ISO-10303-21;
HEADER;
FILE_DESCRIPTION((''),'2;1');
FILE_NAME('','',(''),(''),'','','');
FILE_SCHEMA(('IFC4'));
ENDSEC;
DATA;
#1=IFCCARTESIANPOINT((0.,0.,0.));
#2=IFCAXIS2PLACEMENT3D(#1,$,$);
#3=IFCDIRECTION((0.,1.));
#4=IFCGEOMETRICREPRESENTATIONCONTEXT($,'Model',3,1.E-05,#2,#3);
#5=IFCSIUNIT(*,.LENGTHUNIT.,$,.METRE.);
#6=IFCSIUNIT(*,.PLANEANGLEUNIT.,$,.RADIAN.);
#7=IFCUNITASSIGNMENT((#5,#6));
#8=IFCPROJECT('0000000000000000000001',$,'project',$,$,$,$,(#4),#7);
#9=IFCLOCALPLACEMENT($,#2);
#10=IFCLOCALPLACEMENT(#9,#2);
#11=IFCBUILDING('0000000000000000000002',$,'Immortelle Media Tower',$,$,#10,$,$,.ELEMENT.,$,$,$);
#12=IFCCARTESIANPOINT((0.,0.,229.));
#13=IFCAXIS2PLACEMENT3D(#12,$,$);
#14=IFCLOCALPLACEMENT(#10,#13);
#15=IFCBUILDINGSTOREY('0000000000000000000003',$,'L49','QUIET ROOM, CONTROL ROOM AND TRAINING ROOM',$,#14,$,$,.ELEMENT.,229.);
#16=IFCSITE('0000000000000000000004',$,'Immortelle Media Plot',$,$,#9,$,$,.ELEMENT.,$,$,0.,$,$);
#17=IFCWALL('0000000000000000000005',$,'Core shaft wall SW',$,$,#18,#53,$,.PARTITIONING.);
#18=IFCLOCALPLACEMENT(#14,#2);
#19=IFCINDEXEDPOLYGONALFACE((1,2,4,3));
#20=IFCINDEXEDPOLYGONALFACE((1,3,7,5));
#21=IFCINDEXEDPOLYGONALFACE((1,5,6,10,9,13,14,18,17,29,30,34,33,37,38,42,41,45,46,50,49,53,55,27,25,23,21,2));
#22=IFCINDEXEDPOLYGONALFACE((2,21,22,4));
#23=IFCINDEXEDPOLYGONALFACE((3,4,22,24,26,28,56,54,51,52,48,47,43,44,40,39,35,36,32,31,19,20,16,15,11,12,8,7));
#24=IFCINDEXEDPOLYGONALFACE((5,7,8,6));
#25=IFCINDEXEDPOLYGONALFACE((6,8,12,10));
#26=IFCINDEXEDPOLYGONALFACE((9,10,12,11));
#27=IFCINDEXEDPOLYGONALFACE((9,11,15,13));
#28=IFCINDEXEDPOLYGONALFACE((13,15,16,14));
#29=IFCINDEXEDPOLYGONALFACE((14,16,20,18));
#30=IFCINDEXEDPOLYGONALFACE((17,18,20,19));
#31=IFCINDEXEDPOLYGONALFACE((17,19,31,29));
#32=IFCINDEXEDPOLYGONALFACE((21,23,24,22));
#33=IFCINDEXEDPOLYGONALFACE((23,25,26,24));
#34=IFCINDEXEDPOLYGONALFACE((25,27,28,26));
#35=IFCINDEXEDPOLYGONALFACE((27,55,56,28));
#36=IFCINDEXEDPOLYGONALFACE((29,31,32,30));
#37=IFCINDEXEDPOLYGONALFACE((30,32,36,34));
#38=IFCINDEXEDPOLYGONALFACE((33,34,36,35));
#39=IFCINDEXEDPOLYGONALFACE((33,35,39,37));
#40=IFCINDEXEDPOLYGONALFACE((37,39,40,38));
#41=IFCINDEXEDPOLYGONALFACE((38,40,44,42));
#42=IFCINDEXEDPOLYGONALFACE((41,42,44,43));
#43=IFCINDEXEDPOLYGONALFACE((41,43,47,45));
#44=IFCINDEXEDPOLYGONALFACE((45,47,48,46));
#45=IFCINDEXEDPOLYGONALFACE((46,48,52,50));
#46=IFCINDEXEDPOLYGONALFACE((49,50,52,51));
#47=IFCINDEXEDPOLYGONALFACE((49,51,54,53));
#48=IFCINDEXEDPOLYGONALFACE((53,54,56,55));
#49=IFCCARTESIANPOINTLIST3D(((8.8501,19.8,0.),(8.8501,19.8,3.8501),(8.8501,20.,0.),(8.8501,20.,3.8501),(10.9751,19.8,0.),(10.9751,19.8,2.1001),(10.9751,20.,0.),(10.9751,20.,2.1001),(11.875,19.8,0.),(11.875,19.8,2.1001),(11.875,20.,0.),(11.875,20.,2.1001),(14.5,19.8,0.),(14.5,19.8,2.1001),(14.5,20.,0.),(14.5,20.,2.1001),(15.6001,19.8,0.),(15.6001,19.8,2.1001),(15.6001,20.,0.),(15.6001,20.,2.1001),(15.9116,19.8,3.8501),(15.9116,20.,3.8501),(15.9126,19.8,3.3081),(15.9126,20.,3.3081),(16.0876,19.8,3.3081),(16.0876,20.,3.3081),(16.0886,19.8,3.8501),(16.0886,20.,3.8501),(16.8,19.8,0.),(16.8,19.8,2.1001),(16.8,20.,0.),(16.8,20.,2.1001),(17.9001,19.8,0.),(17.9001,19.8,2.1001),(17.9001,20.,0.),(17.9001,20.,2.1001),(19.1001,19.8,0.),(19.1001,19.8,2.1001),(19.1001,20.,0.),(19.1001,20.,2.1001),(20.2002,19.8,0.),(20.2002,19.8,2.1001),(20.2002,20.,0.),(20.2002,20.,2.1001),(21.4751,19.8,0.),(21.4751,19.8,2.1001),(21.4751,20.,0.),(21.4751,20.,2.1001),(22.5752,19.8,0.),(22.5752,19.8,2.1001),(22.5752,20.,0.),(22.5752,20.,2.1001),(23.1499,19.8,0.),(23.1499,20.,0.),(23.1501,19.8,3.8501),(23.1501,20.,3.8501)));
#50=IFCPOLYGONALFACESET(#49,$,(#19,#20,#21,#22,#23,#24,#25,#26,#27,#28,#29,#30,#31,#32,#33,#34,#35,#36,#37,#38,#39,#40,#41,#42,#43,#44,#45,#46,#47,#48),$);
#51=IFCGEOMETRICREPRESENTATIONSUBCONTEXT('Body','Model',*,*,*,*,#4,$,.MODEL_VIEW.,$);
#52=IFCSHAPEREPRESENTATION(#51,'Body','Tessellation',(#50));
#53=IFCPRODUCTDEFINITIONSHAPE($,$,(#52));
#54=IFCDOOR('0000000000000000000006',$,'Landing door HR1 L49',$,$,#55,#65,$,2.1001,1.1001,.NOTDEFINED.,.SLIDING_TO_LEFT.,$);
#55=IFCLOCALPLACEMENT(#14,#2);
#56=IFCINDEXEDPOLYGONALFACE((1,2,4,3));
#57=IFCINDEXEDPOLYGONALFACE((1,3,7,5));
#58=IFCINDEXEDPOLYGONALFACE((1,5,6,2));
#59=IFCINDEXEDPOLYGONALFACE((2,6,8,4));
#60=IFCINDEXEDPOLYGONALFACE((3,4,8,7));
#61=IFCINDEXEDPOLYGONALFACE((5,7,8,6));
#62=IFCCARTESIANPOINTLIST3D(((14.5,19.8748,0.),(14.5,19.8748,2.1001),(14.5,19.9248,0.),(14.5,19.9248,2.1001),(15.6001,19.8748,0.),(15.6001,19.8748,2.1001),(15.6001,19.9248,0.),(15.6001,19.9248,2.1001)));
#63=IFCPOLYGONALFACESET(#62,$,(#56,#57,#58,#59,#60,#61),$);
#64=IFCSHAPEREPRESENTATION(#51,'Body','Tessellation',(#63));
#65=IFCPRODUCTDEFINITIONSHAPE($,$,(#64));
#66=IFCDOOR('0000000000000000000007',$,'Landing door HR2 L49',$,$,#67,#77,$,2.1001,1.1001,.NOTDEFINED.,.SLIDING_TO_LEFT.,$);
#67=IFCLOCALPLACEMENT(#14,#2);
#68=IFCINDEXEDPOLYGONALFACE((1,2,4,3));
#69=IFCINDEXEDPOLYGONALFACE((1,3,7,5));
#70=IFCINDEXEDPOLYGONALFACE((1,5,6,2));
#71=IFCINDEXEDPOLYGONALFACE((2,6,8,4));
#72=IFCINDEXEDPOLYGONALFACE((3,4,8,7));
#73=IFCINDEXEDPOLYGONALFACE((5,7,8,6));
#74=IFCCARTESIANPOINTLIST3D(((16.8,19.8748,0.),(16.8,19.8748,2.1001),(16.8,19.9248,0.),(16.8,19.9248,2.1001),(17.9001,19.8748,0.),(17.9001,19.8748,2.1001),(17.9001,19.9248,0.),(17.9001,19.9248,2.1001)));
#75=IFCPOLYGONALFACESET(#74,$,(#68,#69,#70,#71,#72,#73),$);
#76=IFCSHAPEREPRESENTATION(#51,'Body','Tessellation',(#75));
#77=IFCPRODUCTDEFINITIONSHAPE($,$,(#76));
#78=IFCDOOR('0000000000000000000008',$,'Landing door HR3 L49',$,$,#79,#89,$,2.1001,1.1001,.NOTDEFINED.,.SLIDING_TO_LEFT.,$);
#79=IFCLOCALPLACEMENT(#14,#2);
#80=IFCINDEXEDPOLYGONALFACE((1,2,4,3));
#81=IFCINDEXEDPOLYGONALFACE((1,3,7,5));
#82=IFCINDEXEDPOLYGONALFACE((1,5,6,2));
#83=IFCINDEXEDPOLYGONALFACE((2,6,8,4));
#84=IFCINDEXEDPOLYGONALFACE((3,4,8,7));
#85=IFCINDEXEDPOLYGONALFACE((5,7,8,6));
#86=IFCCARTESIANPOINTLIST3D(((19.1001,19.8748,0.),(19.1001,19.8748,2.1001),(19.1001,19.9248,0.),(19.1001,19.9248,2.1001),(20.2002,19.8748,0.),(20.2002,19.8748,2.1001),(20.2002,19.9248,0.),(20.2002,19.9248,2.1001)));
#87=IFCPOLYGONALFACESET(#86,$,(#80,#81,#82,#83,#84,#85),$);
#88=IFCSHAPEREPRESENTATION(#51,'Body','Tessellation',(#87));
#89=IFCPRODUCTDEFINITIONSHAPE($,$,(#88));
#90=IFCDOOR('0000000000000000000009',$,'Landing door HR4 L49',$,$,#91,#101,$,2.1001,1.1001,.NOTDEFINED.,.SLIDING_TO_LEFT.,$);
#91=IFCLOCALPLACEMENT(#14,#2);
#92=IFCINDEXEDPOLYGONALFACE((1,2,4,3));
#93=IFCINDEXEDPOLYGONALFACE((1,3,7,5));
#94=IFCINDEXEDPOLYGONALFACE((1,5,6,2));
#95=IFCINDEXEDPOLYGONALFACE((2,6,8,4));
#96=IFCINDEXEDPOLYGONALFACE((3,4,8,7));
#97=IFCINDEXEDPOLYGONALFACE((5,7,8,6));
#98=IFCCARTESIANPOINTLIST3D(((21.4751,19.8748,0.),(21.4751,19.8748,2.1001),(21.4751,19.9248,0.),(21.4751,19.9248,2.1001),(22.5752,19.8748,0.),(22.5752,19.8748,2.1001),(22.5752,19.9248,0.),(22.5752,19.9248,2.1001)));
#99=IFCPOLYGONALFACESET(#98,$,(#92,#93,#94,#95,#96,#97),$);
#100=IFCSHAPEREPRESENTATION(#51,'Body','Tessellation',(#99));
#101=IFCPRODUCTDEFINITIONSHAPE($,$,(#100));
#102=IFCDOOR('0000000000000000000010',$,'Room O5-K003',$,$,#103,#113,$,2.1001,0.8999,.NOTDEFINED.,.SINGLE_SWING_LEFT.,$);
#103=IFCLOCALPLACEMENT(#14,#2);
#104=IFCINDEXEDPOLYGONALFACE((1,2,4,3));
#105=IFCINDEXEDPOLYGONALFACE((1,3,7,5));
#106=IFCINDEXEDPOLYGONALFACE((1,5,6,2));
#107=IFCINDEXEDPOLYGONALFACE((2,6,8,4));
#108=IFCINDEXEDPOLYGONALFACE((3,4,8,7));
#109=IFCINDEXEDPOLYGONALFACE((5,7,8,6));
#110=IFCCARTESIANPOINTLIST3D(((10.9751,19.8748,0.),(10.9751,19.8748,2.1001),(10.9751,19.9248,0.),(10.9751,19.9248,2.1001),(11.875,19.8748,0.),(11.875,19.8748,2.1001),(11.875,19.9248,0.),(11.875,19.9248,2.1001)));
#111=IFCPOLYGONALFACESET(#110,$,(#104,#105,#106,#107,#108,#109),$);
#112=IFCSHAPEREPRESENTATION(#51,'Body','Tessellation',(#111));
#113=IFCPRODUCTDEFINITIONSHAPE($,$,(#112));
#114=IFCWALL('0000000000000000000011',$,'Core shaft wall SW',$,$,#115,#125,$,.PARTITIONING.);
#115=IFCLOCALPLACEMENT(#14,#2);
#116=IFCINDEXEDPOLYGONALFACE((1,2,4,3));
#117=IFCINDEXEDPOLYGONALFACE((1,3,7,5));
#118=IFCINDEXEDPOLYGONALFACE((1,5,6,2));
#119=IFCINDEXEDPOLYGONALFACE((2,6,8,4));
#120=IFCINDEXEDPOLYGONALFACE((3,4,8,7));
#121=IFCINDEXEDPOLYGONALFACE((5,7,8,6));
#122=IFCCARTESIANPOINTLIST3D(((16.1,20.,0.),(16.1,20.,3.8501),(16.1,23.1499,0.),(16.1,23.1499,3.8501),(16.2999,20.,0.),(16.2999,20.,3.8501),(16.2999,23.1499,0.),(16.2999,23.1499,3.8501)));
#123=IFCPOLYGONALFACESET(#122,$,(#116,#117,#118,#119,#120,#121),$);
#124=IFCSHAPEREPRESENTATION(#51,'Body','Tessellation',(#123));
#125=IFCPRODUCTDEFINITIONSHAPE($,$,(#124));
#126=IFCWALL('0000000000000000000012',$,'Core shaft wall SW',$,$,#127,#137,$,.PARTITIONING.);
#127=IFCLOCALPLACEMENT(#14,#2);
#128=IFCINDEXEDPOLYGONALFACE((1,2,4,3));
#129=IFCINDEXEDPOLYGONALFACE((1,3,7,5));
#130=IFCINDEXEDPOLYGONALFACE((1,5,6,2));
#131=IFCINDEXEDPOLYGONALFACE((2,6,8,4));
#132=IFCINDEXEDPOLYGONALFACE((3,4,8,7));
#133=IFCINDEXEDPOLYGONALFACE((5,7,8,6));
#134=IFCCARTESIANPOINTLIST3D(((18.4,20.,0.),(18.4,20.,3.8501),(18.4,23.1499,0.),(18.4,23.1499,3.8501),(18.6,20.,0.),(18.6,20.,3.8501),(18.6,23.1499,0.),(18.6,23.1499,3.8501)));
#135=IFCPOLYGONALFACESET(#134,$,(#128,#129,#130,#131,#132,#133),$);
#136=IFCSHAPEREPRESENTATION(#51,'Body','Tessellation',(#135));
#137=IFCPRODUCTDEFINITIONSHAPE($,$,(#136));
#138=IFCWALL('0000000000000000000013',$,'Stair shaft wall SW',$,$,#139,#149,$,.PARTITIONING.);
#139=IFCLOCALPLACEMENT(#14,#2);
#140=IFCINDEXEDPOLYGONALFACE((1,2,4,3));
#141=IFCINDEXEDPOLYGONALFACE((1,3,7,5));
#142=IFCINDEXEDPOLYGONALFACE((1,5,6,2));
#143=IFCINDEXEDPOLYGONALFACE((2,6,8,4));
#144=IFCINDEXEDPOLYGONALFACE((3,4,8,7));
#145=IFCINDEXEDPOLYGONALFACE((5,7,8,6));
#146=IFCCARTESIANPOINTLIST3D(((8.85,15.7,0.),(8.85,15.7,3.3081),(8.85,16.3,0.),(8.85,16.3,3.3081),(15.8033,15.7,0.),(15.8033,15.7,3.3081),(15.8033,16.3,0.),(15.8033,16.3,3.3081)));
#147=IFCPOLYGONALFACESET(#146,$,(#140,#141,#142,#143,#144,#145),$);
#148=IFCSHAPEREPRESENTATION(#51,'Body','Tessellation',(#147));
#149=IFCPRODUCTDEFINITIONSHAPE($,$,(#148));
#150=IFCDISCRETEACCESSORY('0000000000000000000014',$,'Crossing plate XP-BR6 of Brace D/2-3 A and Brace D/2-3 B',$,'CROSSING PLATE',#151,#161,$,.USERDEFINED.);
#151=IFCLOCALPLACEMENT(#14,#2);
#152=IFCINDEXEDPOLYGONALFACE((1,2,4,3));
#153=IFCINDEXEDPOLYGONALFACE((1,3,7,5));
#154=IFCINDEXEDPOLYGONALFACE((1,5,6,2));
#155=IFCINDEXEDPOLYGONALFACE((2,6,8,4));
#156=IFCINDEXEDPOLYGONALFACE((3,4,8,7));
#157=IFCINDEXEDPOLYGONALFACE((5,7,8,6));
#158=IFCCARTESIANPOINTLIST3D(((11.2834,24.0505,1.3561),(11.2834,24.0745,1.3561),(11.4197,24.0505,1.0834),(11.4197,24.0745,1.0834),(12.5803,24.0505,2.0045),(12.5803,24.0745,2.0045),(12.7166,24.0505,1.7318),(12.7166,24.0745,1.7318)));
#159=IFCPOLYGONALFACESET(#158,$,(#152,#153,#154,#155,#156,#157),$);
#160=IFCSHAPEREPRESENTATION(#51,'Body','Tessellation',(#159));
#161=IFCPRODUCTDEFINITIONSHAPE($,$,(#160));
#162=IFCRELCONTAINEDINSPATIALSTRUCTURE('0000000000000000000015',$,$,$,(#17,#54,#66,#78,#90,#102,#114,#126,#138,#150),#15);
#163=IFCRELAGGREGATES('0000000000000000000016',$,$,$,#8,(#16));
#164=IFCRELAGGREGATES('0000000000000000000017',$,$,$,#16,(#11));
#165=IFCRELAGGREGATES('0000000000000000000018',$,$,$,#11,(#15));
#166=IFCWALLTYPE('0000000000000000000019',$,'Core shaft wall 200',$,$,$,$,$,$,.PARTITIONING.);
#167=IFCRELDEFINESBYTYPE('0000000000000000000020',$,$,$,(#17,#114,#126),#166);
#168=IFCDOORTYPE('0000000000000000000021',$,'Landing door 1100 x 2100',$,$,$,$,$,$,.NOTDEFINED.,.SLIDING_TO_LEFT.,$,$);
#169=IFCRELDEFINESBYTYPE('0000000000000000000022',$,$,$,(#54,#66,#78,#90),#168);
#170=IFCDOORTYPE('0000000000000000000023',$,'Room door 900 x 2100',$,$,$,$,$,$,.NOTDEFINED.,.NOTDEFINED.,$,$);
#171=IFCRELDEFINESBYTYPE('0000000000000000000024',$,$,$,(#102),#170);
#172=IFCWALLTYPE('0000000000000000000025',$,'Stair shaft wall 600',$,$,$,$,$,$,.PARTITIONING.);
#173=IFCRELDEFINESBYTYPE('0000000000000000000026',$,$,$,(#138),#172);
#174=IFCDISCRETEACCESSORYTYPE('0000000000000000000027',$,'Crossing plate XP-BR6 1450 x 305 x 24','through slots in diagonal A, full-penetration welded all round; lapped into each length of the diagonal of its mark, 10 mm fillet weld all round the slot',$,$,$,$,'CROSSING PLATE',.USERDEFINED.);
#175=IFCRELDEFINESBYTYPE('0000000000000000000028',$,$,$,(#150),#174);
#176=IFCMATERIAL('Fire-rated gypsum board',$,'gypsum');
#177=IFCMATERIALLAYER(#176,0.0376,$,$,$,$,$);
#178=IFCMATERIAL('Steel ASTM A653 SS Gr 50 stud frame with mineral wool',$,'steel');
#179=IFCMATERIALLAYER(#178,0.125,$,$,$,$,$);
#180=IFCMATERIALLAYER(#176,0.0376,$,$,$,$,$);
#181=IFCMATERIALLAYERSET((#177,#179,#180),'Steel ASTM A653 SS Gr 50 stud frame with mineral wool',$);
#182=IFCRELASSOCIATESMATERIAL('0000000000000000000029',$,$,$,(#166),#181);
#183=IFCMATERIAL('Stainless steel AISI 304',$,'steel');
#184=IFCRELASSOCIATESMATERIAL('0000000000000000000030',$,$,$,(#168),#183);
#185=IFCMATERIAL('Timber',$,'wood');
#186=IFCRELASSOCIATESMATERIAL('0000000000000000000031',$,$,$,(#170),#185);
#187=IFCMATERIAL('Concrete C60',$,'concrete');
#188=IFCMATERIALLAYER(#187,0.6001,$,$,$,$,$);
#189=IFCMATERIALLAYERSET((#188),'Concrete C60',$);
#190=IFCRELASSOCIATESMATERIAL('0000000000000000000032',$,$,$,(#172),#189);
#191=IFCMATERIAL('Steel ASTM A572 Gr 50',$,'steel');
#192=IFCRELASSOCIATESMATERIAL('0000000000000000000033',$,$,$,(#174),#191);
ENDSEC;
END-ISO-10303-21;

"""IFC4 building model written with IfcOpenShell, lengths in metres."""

from ifc_helpers import new_model, si_unit, direction, frame, frame_2d, origin, origin_2d, place, context, subcontext, project, spatial, polyline, rectangle, outline, extrude, material, layer, layer_set, material_profile, profile_set, type_object, element, fill, save


model = new_model("IFC4")

# Units and contexts
model_context = context("Model", 3, precision=1e-05, world=origin(), true_north=direction((0.0, 1.0)))
body_context = subcontext(model_context, "Body", "Model", "MODEL_VIEW")
ifc_project = project(units=[si_unit("LENGTHUNIT", "METRE"), si_unit("PLANEANGLEUNIT", "RADIAN")], contexts=[model_context])

# Site, building, storey
site_placement = place(None, origin())
site = spatial("IfcSite", under=ifc_project, at=site_placement, Name="Immortelle Media Plot", CompositionType="ELEMENT", RefElevation=0.0)
building_placement = place(site_placement, origin())
building = spatial("IfcBuilding", under=site, at=building_placement, Name="Immortelle Media Tower", CompositionType="ELEMENT")
storey_placement = place(building_placement, frame((0.0, 0.0, 229.0)))
storey = spatial("IfcBuildingStorey", under=building, at=storey_placement, Name="L49", Description="QUIET ROOM, CONTROL ROOM AND TRAINING ROOM", CompositionType="ELEMENT", Elevation=229.0)

# Shared definitions
ifc_material_1 = material(Name="Timber", Category="wood")

# Shared definitions
ifc_material_2 = material(Name="Fire-rated gypsum board", Category="gypsum")
ifc_material_3 = material(Name="Steel ASTM A653 SS Gr 50 stud frame with mineral wool", Category="steel")

# Wall, openings, doors
ifc_layer_1 = layer(ifc_material_2, 0.0376)
ifc_layer_2 = layer(ifc_material_3, 0.125)
ifc_layer_3 = layer(ifc_material_2, 0.0376)
ifc_layer_set_1 = layer_set([ifc_layer_1, ifc_layer_2, ifc_layer_3], Name="Steel ASTM A653 SS Gr 50 stud frame with mineral wool")
wall_type_1 = type_object("IfcWallType", Name="Core shaft wall 200", PredefinedType="PARTITIONING", material=ifc_layer_set_1)
wall_1_placement = place(storey_placement, frame((8.8501, 19.8999, 0.0), z_axis=(0.0, 0.0, 1.0), x_axis=(1.0, 0.0, 0.0)))
wall_1 = element("IfcWall", 1, at=wall_1_placement, inside=storey, type_object=wall_type_1, Name="Core shaft wall SW", PredefinedType="PARTITIONING", context=body_context, shape_type="SweptSolid", body=[
    extrude(outline(polyline([(0.0, 0.0), (14.2998, 0.0), (14.3, 3.8501), (7.2385, 3.8501), (7.2375, 3.3081), (7.0625, 3.3081), (7.0615, 3.8501), (0.0, 3.8501), (0.0, 0.0)])), frame((0.0, 0.1001, 0.0), z_axis=(0.0, -1.0, 0.0), x_axis=(1.0, 0.0, 0.0)), (0.0, 0.0, 1.0), 0.2),
])
opening_1_placement = place(wall_1_placement, frame((2.125, 0.0, 0.0)))
opening_1 = element("IfcOpeningElement", 2, at=opening_1_placement, cuts=wall_1, PredefinedType="OPENING", context=body_context, shape_type="SweptSolid", body=[
    extrude(rectangle(XDim=0.8999, YDim=2.1001, at=frame_2d((0.45, 1.05))), frame((0.0, 0.1099, 0.0), z_axis=(0.0, -1.0, 0.0), x_axis=(1.0, 0.0, 0.0)), (0.0, 0.0, 1.0), 0.22),
])
opening_2_placement = place(wall_1_placement, frame((5.6499, 0.0, 0.0)))
opening_2 = element("IfcOpeningElement", 3, at=opening_2_placement, cuts=wall_1, PredefinedType="OPENING", context=body_context, shape_type="SweptSolid", body=[
    extrude(rectangle(XDim=1.1001, YDim=2.1001, at=frame_2d((0.55, 1.05))), frame((0.0, 0.1099, 0.0), z_axis=(0.0, -1.0, 0.0), x_axis=(1.0, 0.0, 0.0)), (0.0, 0.0, 1.0), 0.22),
])
opening_3_placement = place(wall_1_placement, frame((7.95, 0.0, 0.0)))
opening_3 = element("IfcOpeningElement", 4, at=opening_3_placement, cuts=wall_1, PredefinedType="OPENING", context=body_context, shape_type="SweptSolid", body=[
    extrude(rectangle(XDim=1.1001, YDim=2.1001, at=frame_2d((0.55, 1.05))), frame((0.0, 0.1099, 0.0), z_axis=(0.0, -1.0, 0.0), x_axis=(1.0, 0.0, 0.0)), (0.0, 0.0, 1.0), 0.22),
])
opening_4_placement = place(wall_1_placement, frame((10.25, 0.0, 0.0)))
opening_4 = element("IfcOpeningElement", 5, at=opening_4_placement, cuts=wall_1, PredefinedType="OPENING", context=body_context, shape_type="SweptSolid", body=[
    extrude(rectangle(XDim=1.1001, YDim=2.1001, at=frame_2d((0.55, 1.05))), frame((0.0, 0.1099, 0.0), z_axis=(0.0, -1.0, 0.0), x_axis=(1.0, 0.0, 0.0)), (0.0, 0.0, 1.0), 0.22),
])
opening_5_placement = place(wall_1_placement, frame((12.625, 0.0, 0.0)))
opening_5 = element("IfcOpeningElement", 6, at=opening_5_placement, cuts=wall_1, PredefinedType="OPENING", context=body_context, shape_type="SweptSolid", body=[
    extrude(rectangle(XDim=1.1001, YDim=2.1001, at=frame_2d((0.55, 1.05))), frame((0.0, 0.1099, 0.0), z_axis=(0.0, -1.0, 0.0), x_axis=(1.0, 0.0, 0.0)), (0.0, 0.0, 1.0), 0.22),
])
ifc_material_4 = material(Name="Stainless steel AISI 304", Category="steel")
door_type_1 = type_object("IfcDoorType", Name="Landing door 1100 x 2100", OperationType="SLIDING_TO_LEFT", PredefinedType="NOTDEFINED", material=ifc_material_4)
door_1_placement = place(opening_2_placement, origin())
door_1 = element("IfcDoor", 7, at=door_1_placement, inside=storey, type_object=door_type_1, Name="Landing door HR1 L49", OperationType="SLIDING_TO_LEFT", OverallHeight=2.1001, OverallWidth=1.1001, PredefinedType="NOTDEFINED", context=body_context, shape_type="SweptSolid", body=[
    extrude(rectangle(XDim=1.1001, YDim=2.1001, at=frame_2d((0.55, 1.05))), frame((0.0, 0.0249, 0.0), z_axis=(0.0, -1.0, 0.0), x_axis=(1.0, 0.0, 0.0)), (0.0, 0.0, 1.0), 0.05),
])
fill(opening_2, door_1)
door_2_placement = place(opening_3_placement, origin())
door_2 = element("IfcDoor", 8, at=door_2_placement, inside=storey, type_object=door_type_1, Name="Landing door HR2 L49", OperationType="SLIDING_TO_LEFT", OverallHeight=2.1001, OverallWidth=1.1001, PredefinedType="NOTDEFINED", context=body_context, shape_type="SweptSolid", body=[
    extrude(rectangle(XDim=1.1001, YDim=2.1001, at=frame_2d((0.55, 1.05))), frame((0.0, 0.0249, 0.0), z_axis=(0.0, -1.0, 0.0), x_axis=(1.0, 0.0, 0.0)), (0.0, 0.0, 1.0), 0.05),
])
fill(opening_3, door_2)
door_3_placement = place(opening_4_placement, origin())
door_3 = element("IfcDoor", 9, at=door_3_placement, inside=storey, type_object=door_type_1, Name="Landing door HR3 L49", OperationType="SLIDING_TO_LEFT", OverallHeight=2.1001, OverallWidth=1.1001, PredefinedType="NOTDEFINED", context=body_context, shape_type="SweptSolid", body=[
    extrude(rectangle(XDim=1.1001, YDim=2.1001, at=frame_2d((0.55, 1.05))), frame((0.0, 0.0249, 0.0), z_axis=(0.0, -1.0, 0.0), x_axis=(1.0, 0.0, 0.0)), (0.0, 0.0, 1.0), 0.05),
])
fill(opening_4, door_3)
door_4_placement = place(opening_5_placement, origin())
door_4 = element("IfcDoor", 10, at=door_4_placement, inside=storey, type_object=door_type_1, Name="Landing door HR4 L49", OperationType="SLIDING_TO_LEFT", OverallHeight=2.1001, OverallWidth=1.1001, PredefinedType="NOTDEFINED", context=body_context, shape_type="SweptSolid", body=[
    extrude(rectangle(XDim=1.1001, YDim=2.1001, at=frame_2d((0.55, 1.05))), frame((0.0, 0.0249, 0.0), z_axis=(0.0, -1.0, 0.0), x_axis=(1.0, 0.0, 0.0)), (0.0, 0.0, 1.0), 0.05),
])
fill(opening_5, door_4)
door_type_2 = type_object("IfcDoorType", Name="Room door 900 x 2100", OperationType="NOTDEFINED", PredefinedType="NOTDEFINED", material=ifc_material_1)
door_5_placement = place(opening_1_placement, origin())
door_5 = element("IfcDoor", 11, at=door_5_placement, inside=storey, type_object=door_type_2, Name="Room O5-K003", OperationType="SINGLE_SWING_LEFT", OverallHeight=2.1001, OverallWidth=0.8999, PredefinedType="NOTDEFINED", context=body_context, shape_type="SweptSolid", body=[
    extrude(rectangle(XDim=0.8999, YDim=2.1001, at=frame_2d((0.45, 1.05))), frame((0.0, 0.0249, 0.0), z_axis=(0.0, -1.0, 0.0), x_axis=(1.0, 0.0, 0.0)), (0.0, 0.0, 1.0), 0.05),
])
fill(opening_1, door_5)

# Walls
for number, where, z_axis, x_axis, name in (
    (12, (16.2, 20.0, 0.0), (0.0, 0.0, 1.0), (0.0, 1.0, 0.0), "Core shaft wall SW"),
    (13, (18.5, 20.0, 0.0), (0.0, 0.0, 1.0), (0.0, 1.0, 0.0), "Core shaft wall SW"),
):
    element("IfcWall", number, at=place(storey_placement, frame(where, z_axis=z_axis, x_axis=x_axis)), inside=storey, type_object=wall_type_1, Name=name, PredefinedType="PARTITIONING", context=body_context, shape_type="SweptSolid", body=[
        extrude(rectangle(XDim=3.1499, YDim=0.2, at=frame_2d((1.575, 0.0))), origin(), (0.0, 0.0, 1.0), 3.8501),
    ])
ifc_material_5 = material(Name="Concrete C60", Category="concrete")
ifc_layer_4 = layer(ifc_material_5, 0.6001)
ifc_layer_set_2 = layer_set([ifc_layer_4], Name="Concrete C60")
wall_type_2 = type_object("IfcWallType", Name="Stair shaft wall 600", PredefinedType="PARTITIONING", material=ifc_layer_set_2)
wall_2_placement = place(storey_placement, frame((8.8501, 16.0, 0.0), z_axis=(0.0, 0.0, 1.0), x_axis=(1.0, 0.0, 0.0)))
element("IfcWall", 14, at=wall_2_placement, inside=storey, type_object=wall_type_2, Name="Stair shaft wall SW", PredefinedType="PARTITIONING", context=body_context, shape_type="SweptSolid", body=[
    extrude(rectangle(XDim=6.9534, YDim=0.6001, at=frame_2d((3.4766, 0.0))), origin(), (0.0, 0.0, 1.0), 3.3081),
])

# Discrete accessory
ifc_material_6 = material(Name="Steel ASTM A572 Gr 50", Category="steel")
ifc_material_profile_1 = material_profile(ifc_material_6, rectangle(XDim=0.0239, YDim=0.3049, at=origin_2d()), Name="PL 24 x 305")
ifc_profile_set_1 = profile_set([ifc_material_profile_1], Name="Steel ASTM A572 Gr 50")
discrete_accessory_type_1 = type_object("IfcDiscreteAccessoryType", Name="Crossing plate XP-BR6 1450 x 305 x 24", Description="through slots in diagonal A, full-penetration welded all round; lapped into each length of the diagonal of its mark, 10 mm fillet weld all round the slot", ElementType="CROSSING PLATE", PredefinedType="USERDEFINED", material=ifc_profile_set_1)
discrete_accessory_placement = place(storey_placement, frame((12.6484, 24.0625, 1.8682), z_axis=(-0.894427, 0.0, -0.447214), x_axis=(0.0, -1.0, 0.0)))
element("IfcDiscreteAccessory", 15, at=discrete_accessory_placement, inside=storey, type_object=discrete_accessory_type_1, Name="Crossing plate XP-BR6 of Brace D/2-3 A and Brace D/2-3 B", ObjectType="CROSSING PLATE", PredefinedType="USERDEFINED", context=body_context, shape_type="SweptSolid", body=[
    extrude(rectangle(XDim=0.0239, YDim=0.3049, at=origin_2d()), origin(), (0.0, 0.0, 1.0), 1.45),
])

save(model, "model.ifc")
